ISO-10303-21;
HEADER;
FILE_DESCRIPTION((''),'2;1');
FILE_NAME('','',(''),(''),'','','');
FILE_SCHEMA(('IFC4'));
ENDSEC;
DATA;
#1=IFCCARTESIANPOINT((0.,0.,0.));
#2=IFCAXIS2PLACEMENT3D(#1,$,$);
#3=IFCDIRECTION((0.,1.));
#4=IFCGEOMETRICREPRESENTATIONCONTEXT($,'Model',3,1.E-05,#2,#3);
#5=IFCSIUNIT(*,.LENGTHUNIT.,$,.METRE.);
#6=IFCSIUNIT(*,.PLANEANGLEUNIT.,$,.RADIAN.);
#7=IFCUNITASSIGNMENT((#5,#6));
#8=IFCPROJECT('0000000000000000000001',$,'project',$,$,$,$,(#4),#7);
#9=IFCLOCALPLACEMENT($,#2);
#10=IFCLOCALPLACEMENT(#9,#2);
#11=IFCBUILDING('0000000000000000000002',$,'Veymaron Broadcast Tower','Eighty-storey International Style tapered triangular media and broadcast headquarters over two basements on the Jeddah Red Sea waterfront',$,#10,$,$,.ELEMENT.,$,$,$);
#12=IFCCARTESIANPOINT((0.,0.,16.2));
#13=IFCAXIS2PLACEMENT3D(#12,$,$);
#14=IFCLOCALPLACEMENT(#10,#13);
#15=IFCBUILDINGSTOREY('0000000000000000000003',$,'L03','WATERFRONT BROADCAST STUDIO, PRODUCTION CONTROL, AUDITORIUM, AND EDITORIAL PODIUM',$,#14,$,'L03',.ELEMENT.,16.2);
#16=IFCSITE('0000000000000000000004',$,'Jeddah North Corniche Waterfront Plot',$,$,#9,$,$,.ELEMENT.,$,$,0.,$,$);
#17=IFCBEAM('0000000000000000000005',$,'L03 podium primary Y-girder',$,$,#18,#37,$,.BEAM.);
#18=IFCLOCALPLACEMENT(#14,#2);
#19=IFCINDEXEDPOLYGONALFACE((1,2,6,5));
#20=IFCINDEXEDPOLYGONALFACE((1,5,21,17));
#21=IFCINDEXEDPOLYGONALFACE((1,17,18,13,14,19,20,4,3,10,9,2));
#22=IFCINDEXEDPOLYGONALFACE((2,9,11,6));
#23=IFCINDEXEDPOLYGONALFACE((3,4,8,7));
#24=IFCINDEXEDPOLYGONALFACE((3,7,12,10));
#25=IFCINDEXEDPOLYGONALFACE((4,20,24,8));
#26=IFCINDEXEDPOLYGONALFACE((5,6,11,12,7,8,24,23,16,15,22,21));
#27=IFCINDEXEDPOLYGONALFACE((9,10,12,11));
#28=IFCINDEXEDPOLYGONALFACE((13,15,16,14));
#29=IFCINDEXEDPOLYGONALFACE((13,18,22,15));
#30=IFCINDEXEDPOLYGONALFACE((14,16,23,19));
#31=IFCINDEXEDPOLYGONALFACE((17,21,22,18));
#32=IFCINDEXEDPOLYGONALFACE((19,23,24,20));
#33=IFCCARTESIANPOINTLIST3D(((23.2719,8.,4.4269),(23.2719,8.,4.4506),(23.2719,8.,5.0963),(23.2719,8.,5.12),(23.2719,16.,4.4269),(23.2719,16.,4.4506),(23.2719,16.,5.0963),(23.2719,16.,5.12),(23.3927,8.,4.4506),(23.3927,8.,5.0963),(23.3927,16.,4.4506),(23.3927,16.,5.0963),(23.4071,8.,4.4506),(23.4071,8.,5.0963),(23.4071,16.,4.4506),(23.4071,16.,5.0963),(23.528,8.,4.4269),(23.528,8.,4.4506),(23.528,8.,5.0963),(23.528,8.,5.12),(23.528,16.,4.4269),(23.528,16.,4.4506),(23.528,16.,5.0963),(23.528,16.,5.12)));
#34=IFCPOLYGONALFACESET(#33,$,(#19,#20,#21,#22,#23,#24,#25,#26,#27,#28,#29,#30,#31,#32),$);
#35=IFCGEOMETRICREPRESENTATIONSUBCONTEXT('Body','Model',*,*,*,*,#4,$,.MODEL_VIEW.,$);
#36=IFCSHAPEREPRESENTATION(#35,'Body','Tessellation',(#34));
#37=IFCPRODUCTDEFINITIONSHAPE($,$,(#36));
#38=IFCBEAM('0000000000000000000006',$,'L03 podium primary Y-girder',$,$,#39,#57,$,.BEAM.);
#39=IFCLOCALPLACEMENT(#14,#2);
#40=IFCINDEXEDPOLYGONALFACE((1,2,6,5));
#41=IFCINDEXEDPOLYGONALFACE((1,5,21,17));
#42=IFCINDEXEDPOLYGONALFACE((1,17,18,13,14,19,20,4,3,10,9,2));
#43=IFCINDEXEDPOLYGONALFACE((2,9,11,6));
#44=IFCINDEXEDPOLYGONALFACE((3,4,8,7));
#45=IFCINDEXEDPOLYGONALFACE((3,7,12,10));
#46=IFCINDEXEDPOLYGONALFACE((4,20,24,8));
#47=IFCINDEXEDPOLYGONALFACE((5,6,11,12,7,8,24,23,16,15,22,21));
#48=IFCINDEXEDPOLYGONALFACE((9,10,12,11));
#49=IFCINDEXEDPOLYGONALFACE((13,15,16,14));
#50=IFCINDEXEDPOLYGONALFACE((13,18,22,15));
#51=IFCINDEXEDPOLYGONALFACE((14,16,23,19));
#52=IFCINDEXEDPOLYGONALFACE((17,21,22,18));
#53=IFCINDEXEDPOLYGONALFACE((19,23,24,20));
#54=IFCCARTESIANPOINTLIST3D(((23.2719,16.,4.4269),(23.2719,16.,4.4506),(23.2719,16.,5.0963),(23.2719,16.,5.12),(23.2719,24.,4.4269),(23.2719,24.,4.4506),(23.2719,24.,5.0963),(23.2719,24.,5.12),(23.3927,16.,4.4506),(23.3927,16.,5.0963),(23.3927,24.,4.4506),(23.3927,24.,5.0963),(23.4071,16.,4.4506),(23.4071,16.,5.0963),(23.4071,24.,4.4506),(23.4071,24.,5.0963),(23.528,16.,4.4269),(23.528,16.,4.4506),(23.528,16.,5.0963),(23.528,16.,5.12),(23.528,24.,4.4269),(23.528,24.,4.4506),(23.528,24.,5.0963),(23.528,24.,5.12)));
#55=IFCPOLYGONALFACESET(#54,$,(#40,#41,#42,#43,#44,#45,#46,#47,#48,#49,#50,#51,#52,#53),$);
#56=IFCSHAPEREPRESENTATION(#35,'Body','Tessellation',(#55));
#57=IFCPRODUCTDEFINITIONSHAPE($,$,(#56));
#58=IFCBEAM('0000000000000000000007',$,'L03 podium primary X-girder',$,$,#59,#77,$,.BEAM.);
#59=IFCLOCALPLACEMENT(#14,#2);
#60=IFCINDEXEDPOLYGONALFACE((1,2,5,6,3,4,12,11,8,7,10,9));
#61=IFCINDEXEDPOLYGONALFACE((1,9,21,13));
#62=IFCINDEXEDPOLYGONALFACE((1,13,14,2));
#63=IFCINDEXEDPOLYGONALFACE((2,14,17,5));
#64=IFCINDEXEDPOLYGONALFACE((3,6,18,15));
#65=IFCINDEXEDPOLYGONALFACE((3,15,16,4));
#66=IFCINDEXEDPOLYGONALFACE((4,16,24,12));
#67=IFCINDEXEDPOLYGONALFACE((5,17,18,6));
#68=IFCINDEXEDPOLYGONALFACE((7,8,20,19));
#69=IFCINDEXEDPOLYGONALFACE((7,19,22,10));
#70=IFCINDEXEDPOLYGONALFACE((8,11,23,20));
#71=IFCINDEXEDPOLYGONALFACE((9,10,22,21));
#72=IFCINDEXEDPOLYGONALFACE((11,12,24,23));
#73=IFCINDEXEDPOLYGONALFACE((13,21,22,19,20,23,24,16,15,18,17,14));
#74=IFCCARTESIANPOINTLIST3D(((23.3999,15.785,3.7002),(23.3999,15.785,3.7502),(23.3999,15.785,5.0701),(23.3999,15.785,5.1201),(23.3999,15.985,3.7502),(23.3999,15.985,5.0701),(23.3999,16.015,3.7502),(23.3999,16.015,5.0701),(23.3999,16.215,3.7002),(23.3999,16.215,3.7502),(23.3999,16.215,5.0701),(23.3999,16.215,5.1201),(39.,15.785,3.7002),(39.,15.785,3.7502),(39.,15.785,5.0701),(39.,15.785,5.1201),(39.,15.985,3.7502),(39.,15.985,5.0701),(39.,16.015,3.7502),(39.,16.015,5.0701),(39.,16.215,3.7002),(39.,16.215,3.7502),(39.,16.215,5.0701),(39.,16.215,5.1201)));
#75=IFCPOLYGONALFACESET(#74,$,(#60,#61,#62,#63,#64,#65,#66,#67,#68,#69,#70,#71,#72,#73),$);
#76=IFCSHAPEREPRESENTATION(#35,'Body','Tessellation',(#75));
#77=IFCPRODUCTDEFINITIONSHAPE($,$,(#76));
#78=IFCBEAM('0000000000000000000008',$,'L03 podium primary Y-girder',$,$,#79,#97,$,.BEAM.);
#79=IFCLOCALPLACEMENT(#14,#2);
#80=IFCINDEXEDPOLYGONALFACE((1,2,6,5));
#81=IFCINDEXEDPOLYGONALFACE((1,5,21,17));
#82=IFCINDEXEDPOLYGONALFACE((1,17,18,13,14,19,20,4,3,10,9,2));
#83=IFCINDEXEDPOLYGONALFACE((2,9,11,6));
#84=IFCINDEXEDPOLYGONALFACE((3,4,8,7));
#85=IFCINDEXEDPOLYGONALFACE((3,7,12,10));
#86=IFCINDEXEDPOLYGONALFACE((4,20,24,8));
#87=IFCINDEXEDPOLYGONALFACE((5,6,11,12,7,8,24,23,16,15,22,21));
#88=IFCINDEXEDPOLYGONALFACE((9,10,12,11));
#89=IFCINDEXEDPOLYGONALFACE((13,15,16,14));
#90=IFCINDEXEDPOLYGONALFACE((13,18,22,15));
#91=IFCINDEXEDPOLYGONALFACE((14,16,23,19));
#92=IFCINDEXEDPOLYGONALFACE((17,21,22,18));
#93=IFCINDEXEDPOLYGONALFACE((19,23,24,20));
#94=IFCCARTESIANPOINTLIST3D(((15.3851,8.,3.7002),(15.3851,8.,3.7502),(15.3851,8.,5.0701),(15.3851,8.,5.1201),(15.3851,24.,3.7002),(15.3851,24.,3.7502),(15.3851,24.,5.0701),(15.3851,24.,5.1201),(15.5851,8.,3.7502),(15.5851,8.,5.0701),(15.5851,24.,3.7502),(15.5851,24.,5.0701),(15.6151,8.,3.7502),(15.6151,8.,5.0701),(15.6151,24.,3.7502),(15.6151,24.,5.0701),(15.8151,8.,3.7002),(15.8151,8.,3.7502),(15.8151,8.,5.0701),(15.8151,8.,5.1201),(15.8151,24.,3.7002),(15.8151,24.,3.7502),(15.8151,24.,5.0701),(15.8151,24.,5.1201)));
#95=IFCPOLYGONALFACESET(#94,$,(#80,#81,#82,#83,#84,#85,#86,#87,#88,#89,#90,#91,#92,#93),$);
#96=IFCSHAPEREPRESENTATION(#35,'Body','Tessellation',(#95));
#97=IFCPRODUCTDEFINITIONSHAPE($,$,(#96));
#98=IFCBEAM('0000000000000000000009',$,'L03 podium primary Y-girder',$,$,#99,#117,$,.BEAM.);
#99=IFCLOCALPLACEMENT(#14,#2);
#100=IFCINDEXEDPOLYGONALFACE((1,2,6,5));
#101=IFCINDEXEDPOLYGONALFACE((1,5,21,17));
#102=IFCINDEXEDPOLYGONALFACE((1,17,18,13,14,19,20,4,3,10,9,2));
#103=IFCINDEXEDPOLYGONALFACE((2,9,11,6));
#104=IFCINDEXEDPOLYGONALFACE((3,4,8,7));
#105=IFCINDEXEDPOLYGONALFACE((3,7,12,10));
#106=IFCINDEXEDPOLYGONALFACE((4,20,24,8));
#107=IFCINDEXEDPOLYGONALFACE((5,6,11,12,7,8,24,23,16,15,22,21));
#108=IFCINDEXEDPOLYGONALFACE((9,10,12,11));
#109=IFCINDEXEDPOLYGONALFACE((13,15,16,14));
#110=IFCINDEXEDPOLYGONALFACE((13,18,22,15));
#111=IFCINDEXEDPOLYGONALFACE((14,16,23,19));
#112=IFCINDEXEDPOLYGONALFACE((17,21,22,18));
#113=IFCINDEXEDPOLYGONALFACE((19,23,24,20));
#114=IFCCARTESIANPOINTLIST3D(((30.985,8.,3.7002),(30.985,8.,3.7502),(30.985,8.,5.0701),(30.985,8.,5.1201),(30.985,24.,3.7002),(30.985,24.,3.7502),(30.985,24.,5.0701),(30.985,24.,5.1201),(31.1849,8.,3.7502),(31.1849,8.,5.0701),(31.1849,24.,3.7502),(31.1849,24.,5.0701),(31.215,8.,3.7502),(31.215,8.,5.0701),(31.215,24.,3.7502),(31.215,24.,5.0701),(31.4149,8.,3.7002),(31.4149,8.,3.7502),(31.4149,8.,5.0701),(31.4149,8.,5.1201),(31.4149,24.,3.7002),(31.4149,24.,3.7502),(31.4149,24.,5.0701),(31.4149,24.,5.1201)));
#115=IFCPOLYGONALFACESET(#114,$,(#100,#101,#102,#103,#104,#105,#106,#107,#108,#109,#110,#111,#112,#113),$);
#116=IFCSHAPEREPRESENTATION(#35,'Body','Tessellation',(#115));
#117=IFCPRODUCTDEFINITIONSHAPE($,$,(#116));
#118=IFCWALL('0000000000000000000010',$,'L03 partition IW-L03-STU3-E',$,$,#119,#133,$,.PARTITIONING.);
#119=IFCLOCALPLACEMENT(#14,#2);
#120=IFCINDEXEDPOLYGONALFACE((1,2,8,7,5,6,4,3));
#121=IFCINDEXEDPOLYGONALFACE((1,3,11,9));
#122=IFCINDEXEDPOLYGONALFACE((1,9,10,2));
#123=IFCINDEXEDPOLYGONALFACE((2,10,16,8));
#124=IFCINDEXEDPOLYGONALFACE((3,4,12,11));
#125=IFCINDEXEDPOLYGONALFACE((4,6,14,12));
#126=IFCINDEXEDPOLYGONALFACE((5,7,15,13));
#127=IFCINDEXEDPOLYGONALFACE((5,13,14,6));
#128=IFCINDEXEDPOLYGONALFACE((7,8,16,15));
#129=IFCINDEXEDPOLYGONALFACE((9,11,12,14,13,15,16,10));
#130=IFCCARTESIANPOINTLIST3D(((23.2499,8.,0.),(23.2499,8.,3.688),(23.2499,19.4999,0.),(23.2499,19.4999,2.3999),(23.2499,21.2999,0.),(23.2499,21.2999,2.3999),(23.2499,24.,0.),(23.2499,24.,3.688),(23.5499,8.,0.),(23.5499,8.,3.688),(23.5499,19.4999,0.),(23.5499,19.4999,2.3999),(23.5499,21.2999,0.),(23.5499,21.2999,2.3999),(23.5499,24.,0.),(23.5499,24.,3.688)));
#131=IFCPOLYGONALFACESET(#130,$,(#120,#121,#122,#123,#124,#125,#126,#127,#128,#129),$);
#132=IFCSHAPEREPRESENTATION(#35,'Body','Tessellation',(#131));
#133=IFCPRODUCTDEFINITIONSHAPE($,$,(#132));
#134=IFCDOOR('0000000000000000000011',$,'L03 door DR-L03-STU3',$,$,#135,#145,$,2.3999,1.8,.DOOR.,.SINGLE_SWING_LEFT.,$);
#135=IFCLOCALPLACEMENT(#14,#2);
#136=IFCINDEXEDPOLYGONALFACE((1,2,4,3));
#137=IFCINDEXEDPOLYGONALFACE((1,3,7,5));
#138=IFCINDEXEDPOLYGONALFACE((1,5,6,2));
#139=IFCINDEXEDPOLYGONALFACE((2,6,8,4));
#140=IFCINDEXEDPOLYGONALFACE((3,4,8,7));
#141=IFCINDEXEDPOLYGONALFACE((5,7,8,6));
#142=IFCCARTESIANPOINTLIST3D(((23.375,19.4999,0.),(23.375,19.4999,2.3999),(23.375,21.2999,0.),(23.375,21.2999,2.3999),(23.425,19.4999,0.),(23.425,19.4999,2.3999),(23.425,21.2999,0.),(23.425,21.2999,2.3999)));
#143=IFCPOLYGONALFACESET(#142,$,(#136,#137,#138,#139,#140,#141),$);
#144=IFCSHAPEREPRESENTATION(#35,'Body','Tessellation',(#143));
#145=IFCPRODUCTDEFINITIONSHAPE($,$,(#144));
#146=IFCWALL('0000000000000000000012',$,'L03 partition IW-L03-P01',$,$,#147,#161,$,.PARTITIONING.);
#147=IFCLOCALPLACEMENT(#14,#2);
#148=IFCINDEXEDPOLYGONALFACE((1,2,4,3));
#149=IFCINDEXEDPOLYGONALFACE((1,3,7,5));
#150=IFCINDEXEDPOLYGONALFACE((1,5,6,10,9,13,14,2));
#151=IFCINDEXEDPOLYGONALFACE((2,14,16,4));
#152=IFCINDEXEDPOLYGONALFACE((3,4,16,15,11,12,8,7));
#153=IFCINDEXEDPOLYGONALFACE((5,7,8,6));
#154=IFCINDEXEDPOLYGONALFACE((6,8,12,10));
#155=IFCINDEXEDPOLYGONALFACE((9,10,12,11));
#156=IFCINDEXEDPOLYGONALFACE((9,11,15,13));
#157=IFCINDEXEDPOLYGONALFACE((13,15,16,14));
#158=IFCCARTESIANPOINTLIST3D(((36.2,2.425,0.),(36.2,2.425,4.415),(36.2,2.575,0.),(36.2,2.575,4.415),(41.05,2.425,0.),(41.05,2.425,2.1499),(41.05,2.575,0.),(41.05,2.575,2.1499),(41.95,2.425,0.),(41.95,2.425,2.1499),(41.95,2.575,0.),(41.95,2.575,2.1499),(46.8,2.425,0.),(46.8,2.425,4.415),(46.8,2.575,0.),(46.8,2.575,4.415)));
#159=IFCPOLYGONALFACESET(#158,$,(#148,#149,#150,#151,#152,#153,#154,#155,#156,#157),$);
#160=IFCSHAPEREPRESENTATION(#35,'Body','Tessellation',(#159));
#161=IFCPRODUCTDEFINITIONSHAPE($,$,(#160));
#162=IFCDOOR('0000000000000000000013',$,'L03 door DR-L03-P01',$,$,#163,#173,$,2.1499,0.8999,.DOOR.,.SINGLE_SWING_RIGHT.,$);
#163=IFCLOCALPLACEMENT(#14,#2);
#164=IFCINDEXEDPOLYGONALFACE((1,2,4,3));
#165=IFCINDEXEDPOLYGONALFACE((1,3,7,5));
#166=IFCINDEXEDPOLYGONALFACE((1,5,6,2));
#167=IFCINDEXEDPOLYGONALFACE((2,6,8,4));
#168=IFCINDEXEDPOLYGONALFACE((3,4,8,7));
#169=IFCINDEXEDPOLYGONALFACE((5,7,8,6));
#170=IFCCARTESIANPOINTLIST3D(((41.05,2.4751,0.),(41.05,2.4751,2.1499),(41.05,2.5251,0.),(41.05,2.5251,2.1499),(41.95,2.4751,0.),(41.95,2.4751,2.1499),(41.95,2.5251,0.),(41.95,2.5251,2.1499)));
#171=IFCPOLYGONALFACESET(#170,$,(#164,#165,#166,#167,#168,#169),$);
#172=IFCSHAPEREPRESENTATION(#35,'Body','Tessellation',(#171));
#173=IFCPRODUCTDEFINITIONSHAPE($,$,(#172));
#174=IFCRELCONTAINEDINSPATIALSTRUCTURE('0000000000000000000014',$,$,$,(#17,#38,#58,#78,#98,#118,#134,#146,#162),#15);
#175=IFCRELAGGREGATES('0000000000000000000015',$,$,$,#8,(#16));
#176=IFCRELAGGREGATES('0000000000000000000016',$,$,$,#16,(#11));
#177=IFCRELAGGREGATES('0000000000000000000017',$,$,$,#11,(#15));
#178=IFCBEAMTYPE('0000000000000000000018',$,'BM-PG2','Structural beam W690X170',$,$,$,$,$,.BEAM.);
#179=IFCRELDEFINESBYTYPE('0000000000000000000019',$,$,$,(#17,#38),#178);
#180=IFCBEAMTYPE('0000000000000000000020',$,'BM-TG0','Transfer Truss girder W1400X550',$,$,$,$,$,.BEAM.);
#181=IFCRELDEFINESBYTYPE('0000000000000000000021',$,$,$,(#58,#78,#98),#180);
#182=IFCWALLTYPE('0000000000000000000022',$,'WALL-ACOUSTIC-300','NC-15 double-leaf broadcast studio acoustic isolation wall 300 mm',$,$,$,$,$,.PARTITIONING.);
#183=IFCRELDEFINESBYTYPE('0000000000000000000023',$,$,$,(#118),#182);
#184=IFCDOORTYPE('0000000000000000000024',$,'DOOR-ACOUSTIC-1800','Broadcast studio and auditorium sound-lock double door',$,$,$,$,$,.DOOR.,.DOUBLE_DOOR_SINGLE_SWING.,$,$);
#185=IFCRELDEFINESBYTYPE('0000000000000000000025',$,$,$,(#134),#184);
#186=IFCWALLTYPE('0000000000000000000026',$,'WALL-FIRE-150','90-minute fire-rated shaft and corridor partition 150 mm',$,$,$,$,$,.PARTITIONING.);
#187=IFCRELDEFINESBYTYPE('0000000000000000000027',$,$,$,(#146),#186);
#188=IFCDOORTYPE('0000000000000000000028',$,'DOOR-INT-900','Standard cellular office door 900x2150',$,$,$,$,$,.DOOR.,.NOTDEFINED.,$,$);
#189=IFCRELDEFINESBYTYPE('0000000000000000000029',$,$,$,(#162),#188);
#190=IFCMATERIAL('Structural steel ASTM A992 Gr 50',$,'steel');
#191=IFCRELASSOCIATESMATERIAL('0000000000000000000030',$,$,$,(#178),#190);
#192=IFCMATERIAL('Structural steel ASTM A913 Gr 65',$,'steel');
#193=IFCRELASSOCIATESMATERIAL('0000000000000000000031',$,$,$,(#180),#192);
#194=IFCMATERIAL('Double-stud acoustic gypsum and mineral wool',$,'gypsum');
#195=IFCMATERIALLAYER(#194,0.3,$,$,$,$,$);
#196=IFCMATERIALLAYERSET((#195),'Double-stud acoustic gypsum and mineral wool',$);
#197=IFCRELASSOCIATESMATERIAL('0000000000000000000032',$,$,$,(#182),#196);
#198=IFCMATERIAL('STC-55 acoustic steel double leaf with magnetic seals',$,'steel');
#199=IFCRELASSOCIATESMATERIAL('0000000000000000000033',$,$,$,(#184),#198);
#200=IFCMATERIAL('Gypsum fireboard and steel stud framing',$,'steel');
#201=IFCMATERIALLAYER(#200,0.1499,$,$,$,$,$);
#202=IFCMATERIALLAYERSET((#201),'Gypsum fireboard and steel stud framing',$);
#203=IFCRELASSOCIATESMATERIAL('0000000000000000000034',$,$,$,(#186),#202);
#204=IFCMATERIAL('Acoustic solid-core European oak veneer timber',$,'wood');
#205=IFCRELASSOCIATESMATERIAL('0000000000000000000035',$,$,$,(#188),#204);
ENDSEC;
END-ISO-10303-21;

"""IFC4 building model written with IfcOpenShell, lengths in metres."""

from ifc_helpers import new_model, si_unit, direction, frame, frame_2d, origin, origin_2d, place, context, subcontext, project, spatial, rectangle, i_section, extrude, material, layer, layer_set, material_profile, profile_set, type_object, element, fill, save


model = new_model("IFC4")

# Units and contexts
model_context = context("Model", 3, precision=1e-05, world=origin(), true_north=direction((0.0, 1.0)))
body_context = subcontext(model_context, "Body", "Model", "MODEL_VIEW")
ifc_project = project(units=[si_unit("LENGTHUNIT", "METRE"), si_unit("PLANEANGLEUNIT", "RADIAN")], contexts=[model_context])

# Site, building, storey
site_placement = place(None, origin())
site = spatial("IfcSite", under=ifc_project, at=site_placement, Name="Jeddah North Corniche Waterfront Plot", CompositionType="ELEMENT", RefElevation=0.0)
building_placement = place(site_placement, origin())
building = spatial("IfcBuilding", under=site, at=building_placement, Name="Veymaron Broadcast Tower", Description="Eighty-storey International Style tapered triangular media and broadcast headquarters over two basements on the Jeddah Red Sea waterfront", CompositionType="ELEMENT")
storey_placement = place(building_placement, frame((0.0, 0.0, 16.2)))
storey = spatial("IfcBuildingStorey", under=building, at=storey_placement, Name="L03", Description="WATERFRONT BROADCAST STUDIO, PRODUCTION CONTROL, AUDITORIUM, AND EDITORIAL PODIUM", LongName="L03", CompositionType="ELEMENT", Elevation=16.2)

# Shared definitions
ifc_material_1 = material(Name="Structural steel ASTM A913 Gr 65", Category="steel")

# Beams
ifc_material_2 = material(Name="Structural steel ASTM A992 Gr 50", Category="steel")
ifc_material_profile_1 = material_profile(ifc_material_2, i_section(OverallWidth=0.2561, OverallDepth=0.6931, WebThickness=0.0144, FlangeThickness=0.0237, at=origin_2d()), Name="W690X170")
ifc_profile_set_1 = profile_set([ifc_material_profile_1], Name="Structural steel ASTM A992 Gr 50")
beam_type_1 = type_object("IfcBeamType", Name="BM-PG2", Description="Structural beam W690X170", PredefinedType="BEAM", material=ifc_profile_set_1)
for number, where, z_axis, x_axis, name in (
    (1, (23.3999, 8.0, 4.7734), (0.0, 1.0, 0.0), (-1.0, 0.0, 0.0), "L03 podium primary Y-girder"),
    (2, (23.3999, 16.0, 4.7734), (0.0, 1.0, 0.0), (-1.0, 0.0, 0.0), "L03 podium primary Y-girder"),
):
    element("IfcBeam", number, at=place(storey_placement, frame(where, z_axis=z_axis, x_axis=x_axis)), inside=storey, type_object=beam_type_1, Name=name, PredefinedType="BEAM", context=body_context, shape_type="SweptSolid", body=[
        extrude(i_section(OverallWidth=0.2561, OverallDepth=0.6931, WebThickness=0.0144, FlangeThickness=0.0237, at=origin_2d()), origin(), (0.0, 0.0, 1.0), 8.0),
    ])
ifc_material_profile_2 = material_profile(ifc_material_1, i_section(OverallWidth=0.4299, OverallDepth=1.4199, WebThickness=0.03, FlangeThickness=0.05, at=origin_2d()), Name="W1400X550")
ifc_profile_set_2 = profile_set([ifc_material_profile_2], Name="Structural steel ASTM A913 Gr 65")
beam_type_2 = type_object("IfcBeamType", Name="BM-TG0", Description="Transfer Truss girder W1400X550", PredefinedType="BEAM", material=ifc_profile_set_2)
beam_1_placement = place(storey_placement, frame((23.3999, 16.0, 4.4102), z_axis=(1.0, 0.0, 0.0), x_axis=(0.0, 1.0, 0.0)))
element("IfcBeam", 3, at=beam_1_placement, inside=storey, type_object=beam_type_2, Name="L03 podium primary X-girder", PredefinedType="BEAM", context=body_context, shape_type="SweptSolid", body=[
    extrude(i_section(OverallWidth=0.4299, OverallDepth=1.4199, WebThickness=0.03, FlangeThickness=0.05, at=origin_2d()), origin(), (0.0, 0.0, 1.0), 15.6001),
])
for number, where, z_axis, x_axis, name in (
    (4, (15.6001, 8.0, 4.4102), (0.0, 1.0, 0.0), (-1.0, 0.0, 0.0), "L03 podium primary Y-girder"),
    (5, (31.2, 8.0, 4.4102), (0.0, 1.0, 0.0), (-1.0, 0.0, 0.0), "L03 podium primary Y-girder"),
):
    element("IfcBeam", number, at=place(storey_placement, frame(where, z_axis=z_axis, x_axis=x_axis)), inside=storey, type_object=beam_type_2, Name=name, PredefinedType="BEAM", context=body_context, shape_type="SweptSolid", body=[
        extrude(i_section(OverallWidth=0.4299, OverallDepth=1.4199, WebThickness=0.03, FlangeThickness=0.05, at=origin_2d()), origin(), (0.0, 0.0, 1.0), 16.0),
    ])

# Walls, openings, doors
ifc_material_3 = material(Name="Double-stud acoustic gypsum and mineral wool", Category="gypsum")
ifc_layer_1 = layer(ifc_material_3, 0.3)
ifc_layer_set_1 = layer_set([ifc_layer_1], Name="Double-stud acoustic gypsum and mineral wool")
wall_type_1 = type_object("IfcWallType", Name="WALL-ACOUSTIC-300", Description="NC-15 double-leaf broadcast studio acoustic isolation wall 300 mm", PredefinedType="PARTITIONING", material=ifc_layer_set_1)
wall_1_placement = place(storey_placement, frame((23.3999, 8.0, 0.0), z_axis=(0.0, 0.0, 1.0), x_axis=(0.0, 1.0, 0.0)))
wall_1 = element("IfcWall", 6, at=wall_1_placement, inside=storey, type_object=wall_type_1, Name="L03 partition IW-L03-STU3-E", PredefinedType="PARTITIONING", context=body_context, shape_type="SweptSolid", body=[
    extrude(rectangle(XDim=16.0, YDim=0.3, at=frame_2d((8.0, 0.0))), origin(), (0.0, 0.0, 1.0), 3.688),
])
opening_1_placement = place(wall_1_placement, frame((11.5, 0.0, 0.0)))
opening_1 = element("IfcOpeningElement", 7, at=opening_1_placement, cuts=wall_1, PredefinedType="OPENING", context=body_context, shape_type="SweptSolid", body=[
    extrude(rectangle(XDim=1.8, YDim=2.3999, at=frame_2d((0.8999, 1.2))), frame((0.0, 0.1602, 0.0), z_axis=(0.0, -1.0, 0.0), x_axis=(1.0, 0.0, 0.0)), (0.0, 0.0, 1.0), 0.3201),
])
ifc_material_4 = material(Name="STC-55 acoustic steel double leaf with magnetic seals", Category="steel")
door_type_1 = type_object("IfcDoorType", Name="DOOR-ACOUSTIC-1800", Description="Broadcast studio and auditorium sound-lock double door", OperationType="DOUBLE_DOOR_SINGLE_SWING", PredefinedType="DOOR", material=ifc_material_4)
door_1_placement = place(opening_1_placement, origin())
door_1 = element("IfcDoor", 8, at=door_1_placement, inside=storey, type_object=door_type_1, Name="L03 door DR-L03-STU3", OperationType="SINGLE_SWING_LEFT", OverallHeight=2.3999, OverallWidth=1.8, PredefinedType="DOOR", context=body_context, shape_type="SweptSolid", body=[
    extrude(rectangle(XDim=1.8, YDim=2.3999, at=frame_2d((0.8999, 1.2))), frame((0.0, 0.0249, 0.0), z_axis=(0.0, -1.0, 0.0), x_axis=(1.0, 0.0, 0.0)), (0.0, 0.0, 1.0), 0.05),
])
fill(opening_1, door_1)
ifc_material_5 = material(Name="Gypsum fireboard and steel stud framing", Category="steel")
ifc_layer_2 = layer(ifc_material_5, 0.1499)
ifc_layer_set_2 = layer_set([ifc_layer_2], Name="Gypsum fireboard and steel stud framing")
wall_type_2 = type_object("IfcWallType", Name="WALL-FIRE-150", Description="90-minute fire-rated shaft and corridor partition 150 mm", PredefinedType="PARTITIONING", material=ifc_layer_set_2)
wall_2_placement = place(storey_placement, frame((36.2, 2.5, 0.0), z_axis=(0.0, 0.0, 1.0), x_axis=(1.0, 0.0, 0.0)))
wall_2 = element("IfcWall", 9, at=wall_2_placement, inside=storey, type_object=wall_type_2, Name="L03 partition IW-L03-P01", PredefinedType="PARTITIONING", context=body_context, shape_type="SweptSolid", body=[
    extrude(rectangle(XDim=10.6001, YDim=0.1499, at=frame_2d((5.3, 0.0))), origin(), (0.0, 0.0, 1.0), 4.415),
])
opening_2_placement = place(wall_2_placement, frame((4.8501, 0.0, 0.0)))
opening_2 = element("IfcOpeningElement", 10, at=opening_2_placement, cuts=wall_2, PredefinedType="OPENING", context=body_context, shape_type="SweptSolid", body=[
    extrude(rectangle(XDim=0.8999, YDim=2.1499, at=frame_2d((0.45, 1.075))), frame((0.0, 0.085, 0.0), z_axis=(0.0, -1.0, 0.0), x_axis=(1.0, 0.0, 0.0)), (0.0, 0.0, 1.0), 0.1699),
])
ifc_material_6 = material(Name="Acoustic solid-core European oak veneer timber", Category="wood")
door_type_2 = type_object("IfcDoorType", Name="DOOR-INT-900", Description="Standard cellular office door 900x2150", OperationType="NOTDEFINED", PredefinedType="DOOR", material=ifc_material_6)
door_2_placement = place(opening_2_placement, frame((0.8999, 0.0, 0.0), z_axis=(0.0, 0.0, 1.0), x_axis=(-1.0, 0.0, 0.0)))
door_2 = element("IfcDoor", 11, at=door_2_placement, inside=storey, type_object=door_type_2, Name="L03 door DR-L03-P01", OperationType="SINGLE_SWING_RIGHT", OverallHeight=2.1499, OverallWidth=0.8999, PredefinedType="DOOR", context=body_context, shape_type="SweptSolid", body=[
    extrude(rectangle(XDim=0.8999, YDim=2.1499, at=frame_2d((0.45, 1.075))), frame((0.0, 0.0249, 0.0), z_axis=(0.0, -1.0, 0.0), x_axis=(1.0, 0.0, 0.0)), (0.0, 0.0, 1.0), 0.05),
])
fill(opening_2, door_2)

save(model, "model.ifc")
